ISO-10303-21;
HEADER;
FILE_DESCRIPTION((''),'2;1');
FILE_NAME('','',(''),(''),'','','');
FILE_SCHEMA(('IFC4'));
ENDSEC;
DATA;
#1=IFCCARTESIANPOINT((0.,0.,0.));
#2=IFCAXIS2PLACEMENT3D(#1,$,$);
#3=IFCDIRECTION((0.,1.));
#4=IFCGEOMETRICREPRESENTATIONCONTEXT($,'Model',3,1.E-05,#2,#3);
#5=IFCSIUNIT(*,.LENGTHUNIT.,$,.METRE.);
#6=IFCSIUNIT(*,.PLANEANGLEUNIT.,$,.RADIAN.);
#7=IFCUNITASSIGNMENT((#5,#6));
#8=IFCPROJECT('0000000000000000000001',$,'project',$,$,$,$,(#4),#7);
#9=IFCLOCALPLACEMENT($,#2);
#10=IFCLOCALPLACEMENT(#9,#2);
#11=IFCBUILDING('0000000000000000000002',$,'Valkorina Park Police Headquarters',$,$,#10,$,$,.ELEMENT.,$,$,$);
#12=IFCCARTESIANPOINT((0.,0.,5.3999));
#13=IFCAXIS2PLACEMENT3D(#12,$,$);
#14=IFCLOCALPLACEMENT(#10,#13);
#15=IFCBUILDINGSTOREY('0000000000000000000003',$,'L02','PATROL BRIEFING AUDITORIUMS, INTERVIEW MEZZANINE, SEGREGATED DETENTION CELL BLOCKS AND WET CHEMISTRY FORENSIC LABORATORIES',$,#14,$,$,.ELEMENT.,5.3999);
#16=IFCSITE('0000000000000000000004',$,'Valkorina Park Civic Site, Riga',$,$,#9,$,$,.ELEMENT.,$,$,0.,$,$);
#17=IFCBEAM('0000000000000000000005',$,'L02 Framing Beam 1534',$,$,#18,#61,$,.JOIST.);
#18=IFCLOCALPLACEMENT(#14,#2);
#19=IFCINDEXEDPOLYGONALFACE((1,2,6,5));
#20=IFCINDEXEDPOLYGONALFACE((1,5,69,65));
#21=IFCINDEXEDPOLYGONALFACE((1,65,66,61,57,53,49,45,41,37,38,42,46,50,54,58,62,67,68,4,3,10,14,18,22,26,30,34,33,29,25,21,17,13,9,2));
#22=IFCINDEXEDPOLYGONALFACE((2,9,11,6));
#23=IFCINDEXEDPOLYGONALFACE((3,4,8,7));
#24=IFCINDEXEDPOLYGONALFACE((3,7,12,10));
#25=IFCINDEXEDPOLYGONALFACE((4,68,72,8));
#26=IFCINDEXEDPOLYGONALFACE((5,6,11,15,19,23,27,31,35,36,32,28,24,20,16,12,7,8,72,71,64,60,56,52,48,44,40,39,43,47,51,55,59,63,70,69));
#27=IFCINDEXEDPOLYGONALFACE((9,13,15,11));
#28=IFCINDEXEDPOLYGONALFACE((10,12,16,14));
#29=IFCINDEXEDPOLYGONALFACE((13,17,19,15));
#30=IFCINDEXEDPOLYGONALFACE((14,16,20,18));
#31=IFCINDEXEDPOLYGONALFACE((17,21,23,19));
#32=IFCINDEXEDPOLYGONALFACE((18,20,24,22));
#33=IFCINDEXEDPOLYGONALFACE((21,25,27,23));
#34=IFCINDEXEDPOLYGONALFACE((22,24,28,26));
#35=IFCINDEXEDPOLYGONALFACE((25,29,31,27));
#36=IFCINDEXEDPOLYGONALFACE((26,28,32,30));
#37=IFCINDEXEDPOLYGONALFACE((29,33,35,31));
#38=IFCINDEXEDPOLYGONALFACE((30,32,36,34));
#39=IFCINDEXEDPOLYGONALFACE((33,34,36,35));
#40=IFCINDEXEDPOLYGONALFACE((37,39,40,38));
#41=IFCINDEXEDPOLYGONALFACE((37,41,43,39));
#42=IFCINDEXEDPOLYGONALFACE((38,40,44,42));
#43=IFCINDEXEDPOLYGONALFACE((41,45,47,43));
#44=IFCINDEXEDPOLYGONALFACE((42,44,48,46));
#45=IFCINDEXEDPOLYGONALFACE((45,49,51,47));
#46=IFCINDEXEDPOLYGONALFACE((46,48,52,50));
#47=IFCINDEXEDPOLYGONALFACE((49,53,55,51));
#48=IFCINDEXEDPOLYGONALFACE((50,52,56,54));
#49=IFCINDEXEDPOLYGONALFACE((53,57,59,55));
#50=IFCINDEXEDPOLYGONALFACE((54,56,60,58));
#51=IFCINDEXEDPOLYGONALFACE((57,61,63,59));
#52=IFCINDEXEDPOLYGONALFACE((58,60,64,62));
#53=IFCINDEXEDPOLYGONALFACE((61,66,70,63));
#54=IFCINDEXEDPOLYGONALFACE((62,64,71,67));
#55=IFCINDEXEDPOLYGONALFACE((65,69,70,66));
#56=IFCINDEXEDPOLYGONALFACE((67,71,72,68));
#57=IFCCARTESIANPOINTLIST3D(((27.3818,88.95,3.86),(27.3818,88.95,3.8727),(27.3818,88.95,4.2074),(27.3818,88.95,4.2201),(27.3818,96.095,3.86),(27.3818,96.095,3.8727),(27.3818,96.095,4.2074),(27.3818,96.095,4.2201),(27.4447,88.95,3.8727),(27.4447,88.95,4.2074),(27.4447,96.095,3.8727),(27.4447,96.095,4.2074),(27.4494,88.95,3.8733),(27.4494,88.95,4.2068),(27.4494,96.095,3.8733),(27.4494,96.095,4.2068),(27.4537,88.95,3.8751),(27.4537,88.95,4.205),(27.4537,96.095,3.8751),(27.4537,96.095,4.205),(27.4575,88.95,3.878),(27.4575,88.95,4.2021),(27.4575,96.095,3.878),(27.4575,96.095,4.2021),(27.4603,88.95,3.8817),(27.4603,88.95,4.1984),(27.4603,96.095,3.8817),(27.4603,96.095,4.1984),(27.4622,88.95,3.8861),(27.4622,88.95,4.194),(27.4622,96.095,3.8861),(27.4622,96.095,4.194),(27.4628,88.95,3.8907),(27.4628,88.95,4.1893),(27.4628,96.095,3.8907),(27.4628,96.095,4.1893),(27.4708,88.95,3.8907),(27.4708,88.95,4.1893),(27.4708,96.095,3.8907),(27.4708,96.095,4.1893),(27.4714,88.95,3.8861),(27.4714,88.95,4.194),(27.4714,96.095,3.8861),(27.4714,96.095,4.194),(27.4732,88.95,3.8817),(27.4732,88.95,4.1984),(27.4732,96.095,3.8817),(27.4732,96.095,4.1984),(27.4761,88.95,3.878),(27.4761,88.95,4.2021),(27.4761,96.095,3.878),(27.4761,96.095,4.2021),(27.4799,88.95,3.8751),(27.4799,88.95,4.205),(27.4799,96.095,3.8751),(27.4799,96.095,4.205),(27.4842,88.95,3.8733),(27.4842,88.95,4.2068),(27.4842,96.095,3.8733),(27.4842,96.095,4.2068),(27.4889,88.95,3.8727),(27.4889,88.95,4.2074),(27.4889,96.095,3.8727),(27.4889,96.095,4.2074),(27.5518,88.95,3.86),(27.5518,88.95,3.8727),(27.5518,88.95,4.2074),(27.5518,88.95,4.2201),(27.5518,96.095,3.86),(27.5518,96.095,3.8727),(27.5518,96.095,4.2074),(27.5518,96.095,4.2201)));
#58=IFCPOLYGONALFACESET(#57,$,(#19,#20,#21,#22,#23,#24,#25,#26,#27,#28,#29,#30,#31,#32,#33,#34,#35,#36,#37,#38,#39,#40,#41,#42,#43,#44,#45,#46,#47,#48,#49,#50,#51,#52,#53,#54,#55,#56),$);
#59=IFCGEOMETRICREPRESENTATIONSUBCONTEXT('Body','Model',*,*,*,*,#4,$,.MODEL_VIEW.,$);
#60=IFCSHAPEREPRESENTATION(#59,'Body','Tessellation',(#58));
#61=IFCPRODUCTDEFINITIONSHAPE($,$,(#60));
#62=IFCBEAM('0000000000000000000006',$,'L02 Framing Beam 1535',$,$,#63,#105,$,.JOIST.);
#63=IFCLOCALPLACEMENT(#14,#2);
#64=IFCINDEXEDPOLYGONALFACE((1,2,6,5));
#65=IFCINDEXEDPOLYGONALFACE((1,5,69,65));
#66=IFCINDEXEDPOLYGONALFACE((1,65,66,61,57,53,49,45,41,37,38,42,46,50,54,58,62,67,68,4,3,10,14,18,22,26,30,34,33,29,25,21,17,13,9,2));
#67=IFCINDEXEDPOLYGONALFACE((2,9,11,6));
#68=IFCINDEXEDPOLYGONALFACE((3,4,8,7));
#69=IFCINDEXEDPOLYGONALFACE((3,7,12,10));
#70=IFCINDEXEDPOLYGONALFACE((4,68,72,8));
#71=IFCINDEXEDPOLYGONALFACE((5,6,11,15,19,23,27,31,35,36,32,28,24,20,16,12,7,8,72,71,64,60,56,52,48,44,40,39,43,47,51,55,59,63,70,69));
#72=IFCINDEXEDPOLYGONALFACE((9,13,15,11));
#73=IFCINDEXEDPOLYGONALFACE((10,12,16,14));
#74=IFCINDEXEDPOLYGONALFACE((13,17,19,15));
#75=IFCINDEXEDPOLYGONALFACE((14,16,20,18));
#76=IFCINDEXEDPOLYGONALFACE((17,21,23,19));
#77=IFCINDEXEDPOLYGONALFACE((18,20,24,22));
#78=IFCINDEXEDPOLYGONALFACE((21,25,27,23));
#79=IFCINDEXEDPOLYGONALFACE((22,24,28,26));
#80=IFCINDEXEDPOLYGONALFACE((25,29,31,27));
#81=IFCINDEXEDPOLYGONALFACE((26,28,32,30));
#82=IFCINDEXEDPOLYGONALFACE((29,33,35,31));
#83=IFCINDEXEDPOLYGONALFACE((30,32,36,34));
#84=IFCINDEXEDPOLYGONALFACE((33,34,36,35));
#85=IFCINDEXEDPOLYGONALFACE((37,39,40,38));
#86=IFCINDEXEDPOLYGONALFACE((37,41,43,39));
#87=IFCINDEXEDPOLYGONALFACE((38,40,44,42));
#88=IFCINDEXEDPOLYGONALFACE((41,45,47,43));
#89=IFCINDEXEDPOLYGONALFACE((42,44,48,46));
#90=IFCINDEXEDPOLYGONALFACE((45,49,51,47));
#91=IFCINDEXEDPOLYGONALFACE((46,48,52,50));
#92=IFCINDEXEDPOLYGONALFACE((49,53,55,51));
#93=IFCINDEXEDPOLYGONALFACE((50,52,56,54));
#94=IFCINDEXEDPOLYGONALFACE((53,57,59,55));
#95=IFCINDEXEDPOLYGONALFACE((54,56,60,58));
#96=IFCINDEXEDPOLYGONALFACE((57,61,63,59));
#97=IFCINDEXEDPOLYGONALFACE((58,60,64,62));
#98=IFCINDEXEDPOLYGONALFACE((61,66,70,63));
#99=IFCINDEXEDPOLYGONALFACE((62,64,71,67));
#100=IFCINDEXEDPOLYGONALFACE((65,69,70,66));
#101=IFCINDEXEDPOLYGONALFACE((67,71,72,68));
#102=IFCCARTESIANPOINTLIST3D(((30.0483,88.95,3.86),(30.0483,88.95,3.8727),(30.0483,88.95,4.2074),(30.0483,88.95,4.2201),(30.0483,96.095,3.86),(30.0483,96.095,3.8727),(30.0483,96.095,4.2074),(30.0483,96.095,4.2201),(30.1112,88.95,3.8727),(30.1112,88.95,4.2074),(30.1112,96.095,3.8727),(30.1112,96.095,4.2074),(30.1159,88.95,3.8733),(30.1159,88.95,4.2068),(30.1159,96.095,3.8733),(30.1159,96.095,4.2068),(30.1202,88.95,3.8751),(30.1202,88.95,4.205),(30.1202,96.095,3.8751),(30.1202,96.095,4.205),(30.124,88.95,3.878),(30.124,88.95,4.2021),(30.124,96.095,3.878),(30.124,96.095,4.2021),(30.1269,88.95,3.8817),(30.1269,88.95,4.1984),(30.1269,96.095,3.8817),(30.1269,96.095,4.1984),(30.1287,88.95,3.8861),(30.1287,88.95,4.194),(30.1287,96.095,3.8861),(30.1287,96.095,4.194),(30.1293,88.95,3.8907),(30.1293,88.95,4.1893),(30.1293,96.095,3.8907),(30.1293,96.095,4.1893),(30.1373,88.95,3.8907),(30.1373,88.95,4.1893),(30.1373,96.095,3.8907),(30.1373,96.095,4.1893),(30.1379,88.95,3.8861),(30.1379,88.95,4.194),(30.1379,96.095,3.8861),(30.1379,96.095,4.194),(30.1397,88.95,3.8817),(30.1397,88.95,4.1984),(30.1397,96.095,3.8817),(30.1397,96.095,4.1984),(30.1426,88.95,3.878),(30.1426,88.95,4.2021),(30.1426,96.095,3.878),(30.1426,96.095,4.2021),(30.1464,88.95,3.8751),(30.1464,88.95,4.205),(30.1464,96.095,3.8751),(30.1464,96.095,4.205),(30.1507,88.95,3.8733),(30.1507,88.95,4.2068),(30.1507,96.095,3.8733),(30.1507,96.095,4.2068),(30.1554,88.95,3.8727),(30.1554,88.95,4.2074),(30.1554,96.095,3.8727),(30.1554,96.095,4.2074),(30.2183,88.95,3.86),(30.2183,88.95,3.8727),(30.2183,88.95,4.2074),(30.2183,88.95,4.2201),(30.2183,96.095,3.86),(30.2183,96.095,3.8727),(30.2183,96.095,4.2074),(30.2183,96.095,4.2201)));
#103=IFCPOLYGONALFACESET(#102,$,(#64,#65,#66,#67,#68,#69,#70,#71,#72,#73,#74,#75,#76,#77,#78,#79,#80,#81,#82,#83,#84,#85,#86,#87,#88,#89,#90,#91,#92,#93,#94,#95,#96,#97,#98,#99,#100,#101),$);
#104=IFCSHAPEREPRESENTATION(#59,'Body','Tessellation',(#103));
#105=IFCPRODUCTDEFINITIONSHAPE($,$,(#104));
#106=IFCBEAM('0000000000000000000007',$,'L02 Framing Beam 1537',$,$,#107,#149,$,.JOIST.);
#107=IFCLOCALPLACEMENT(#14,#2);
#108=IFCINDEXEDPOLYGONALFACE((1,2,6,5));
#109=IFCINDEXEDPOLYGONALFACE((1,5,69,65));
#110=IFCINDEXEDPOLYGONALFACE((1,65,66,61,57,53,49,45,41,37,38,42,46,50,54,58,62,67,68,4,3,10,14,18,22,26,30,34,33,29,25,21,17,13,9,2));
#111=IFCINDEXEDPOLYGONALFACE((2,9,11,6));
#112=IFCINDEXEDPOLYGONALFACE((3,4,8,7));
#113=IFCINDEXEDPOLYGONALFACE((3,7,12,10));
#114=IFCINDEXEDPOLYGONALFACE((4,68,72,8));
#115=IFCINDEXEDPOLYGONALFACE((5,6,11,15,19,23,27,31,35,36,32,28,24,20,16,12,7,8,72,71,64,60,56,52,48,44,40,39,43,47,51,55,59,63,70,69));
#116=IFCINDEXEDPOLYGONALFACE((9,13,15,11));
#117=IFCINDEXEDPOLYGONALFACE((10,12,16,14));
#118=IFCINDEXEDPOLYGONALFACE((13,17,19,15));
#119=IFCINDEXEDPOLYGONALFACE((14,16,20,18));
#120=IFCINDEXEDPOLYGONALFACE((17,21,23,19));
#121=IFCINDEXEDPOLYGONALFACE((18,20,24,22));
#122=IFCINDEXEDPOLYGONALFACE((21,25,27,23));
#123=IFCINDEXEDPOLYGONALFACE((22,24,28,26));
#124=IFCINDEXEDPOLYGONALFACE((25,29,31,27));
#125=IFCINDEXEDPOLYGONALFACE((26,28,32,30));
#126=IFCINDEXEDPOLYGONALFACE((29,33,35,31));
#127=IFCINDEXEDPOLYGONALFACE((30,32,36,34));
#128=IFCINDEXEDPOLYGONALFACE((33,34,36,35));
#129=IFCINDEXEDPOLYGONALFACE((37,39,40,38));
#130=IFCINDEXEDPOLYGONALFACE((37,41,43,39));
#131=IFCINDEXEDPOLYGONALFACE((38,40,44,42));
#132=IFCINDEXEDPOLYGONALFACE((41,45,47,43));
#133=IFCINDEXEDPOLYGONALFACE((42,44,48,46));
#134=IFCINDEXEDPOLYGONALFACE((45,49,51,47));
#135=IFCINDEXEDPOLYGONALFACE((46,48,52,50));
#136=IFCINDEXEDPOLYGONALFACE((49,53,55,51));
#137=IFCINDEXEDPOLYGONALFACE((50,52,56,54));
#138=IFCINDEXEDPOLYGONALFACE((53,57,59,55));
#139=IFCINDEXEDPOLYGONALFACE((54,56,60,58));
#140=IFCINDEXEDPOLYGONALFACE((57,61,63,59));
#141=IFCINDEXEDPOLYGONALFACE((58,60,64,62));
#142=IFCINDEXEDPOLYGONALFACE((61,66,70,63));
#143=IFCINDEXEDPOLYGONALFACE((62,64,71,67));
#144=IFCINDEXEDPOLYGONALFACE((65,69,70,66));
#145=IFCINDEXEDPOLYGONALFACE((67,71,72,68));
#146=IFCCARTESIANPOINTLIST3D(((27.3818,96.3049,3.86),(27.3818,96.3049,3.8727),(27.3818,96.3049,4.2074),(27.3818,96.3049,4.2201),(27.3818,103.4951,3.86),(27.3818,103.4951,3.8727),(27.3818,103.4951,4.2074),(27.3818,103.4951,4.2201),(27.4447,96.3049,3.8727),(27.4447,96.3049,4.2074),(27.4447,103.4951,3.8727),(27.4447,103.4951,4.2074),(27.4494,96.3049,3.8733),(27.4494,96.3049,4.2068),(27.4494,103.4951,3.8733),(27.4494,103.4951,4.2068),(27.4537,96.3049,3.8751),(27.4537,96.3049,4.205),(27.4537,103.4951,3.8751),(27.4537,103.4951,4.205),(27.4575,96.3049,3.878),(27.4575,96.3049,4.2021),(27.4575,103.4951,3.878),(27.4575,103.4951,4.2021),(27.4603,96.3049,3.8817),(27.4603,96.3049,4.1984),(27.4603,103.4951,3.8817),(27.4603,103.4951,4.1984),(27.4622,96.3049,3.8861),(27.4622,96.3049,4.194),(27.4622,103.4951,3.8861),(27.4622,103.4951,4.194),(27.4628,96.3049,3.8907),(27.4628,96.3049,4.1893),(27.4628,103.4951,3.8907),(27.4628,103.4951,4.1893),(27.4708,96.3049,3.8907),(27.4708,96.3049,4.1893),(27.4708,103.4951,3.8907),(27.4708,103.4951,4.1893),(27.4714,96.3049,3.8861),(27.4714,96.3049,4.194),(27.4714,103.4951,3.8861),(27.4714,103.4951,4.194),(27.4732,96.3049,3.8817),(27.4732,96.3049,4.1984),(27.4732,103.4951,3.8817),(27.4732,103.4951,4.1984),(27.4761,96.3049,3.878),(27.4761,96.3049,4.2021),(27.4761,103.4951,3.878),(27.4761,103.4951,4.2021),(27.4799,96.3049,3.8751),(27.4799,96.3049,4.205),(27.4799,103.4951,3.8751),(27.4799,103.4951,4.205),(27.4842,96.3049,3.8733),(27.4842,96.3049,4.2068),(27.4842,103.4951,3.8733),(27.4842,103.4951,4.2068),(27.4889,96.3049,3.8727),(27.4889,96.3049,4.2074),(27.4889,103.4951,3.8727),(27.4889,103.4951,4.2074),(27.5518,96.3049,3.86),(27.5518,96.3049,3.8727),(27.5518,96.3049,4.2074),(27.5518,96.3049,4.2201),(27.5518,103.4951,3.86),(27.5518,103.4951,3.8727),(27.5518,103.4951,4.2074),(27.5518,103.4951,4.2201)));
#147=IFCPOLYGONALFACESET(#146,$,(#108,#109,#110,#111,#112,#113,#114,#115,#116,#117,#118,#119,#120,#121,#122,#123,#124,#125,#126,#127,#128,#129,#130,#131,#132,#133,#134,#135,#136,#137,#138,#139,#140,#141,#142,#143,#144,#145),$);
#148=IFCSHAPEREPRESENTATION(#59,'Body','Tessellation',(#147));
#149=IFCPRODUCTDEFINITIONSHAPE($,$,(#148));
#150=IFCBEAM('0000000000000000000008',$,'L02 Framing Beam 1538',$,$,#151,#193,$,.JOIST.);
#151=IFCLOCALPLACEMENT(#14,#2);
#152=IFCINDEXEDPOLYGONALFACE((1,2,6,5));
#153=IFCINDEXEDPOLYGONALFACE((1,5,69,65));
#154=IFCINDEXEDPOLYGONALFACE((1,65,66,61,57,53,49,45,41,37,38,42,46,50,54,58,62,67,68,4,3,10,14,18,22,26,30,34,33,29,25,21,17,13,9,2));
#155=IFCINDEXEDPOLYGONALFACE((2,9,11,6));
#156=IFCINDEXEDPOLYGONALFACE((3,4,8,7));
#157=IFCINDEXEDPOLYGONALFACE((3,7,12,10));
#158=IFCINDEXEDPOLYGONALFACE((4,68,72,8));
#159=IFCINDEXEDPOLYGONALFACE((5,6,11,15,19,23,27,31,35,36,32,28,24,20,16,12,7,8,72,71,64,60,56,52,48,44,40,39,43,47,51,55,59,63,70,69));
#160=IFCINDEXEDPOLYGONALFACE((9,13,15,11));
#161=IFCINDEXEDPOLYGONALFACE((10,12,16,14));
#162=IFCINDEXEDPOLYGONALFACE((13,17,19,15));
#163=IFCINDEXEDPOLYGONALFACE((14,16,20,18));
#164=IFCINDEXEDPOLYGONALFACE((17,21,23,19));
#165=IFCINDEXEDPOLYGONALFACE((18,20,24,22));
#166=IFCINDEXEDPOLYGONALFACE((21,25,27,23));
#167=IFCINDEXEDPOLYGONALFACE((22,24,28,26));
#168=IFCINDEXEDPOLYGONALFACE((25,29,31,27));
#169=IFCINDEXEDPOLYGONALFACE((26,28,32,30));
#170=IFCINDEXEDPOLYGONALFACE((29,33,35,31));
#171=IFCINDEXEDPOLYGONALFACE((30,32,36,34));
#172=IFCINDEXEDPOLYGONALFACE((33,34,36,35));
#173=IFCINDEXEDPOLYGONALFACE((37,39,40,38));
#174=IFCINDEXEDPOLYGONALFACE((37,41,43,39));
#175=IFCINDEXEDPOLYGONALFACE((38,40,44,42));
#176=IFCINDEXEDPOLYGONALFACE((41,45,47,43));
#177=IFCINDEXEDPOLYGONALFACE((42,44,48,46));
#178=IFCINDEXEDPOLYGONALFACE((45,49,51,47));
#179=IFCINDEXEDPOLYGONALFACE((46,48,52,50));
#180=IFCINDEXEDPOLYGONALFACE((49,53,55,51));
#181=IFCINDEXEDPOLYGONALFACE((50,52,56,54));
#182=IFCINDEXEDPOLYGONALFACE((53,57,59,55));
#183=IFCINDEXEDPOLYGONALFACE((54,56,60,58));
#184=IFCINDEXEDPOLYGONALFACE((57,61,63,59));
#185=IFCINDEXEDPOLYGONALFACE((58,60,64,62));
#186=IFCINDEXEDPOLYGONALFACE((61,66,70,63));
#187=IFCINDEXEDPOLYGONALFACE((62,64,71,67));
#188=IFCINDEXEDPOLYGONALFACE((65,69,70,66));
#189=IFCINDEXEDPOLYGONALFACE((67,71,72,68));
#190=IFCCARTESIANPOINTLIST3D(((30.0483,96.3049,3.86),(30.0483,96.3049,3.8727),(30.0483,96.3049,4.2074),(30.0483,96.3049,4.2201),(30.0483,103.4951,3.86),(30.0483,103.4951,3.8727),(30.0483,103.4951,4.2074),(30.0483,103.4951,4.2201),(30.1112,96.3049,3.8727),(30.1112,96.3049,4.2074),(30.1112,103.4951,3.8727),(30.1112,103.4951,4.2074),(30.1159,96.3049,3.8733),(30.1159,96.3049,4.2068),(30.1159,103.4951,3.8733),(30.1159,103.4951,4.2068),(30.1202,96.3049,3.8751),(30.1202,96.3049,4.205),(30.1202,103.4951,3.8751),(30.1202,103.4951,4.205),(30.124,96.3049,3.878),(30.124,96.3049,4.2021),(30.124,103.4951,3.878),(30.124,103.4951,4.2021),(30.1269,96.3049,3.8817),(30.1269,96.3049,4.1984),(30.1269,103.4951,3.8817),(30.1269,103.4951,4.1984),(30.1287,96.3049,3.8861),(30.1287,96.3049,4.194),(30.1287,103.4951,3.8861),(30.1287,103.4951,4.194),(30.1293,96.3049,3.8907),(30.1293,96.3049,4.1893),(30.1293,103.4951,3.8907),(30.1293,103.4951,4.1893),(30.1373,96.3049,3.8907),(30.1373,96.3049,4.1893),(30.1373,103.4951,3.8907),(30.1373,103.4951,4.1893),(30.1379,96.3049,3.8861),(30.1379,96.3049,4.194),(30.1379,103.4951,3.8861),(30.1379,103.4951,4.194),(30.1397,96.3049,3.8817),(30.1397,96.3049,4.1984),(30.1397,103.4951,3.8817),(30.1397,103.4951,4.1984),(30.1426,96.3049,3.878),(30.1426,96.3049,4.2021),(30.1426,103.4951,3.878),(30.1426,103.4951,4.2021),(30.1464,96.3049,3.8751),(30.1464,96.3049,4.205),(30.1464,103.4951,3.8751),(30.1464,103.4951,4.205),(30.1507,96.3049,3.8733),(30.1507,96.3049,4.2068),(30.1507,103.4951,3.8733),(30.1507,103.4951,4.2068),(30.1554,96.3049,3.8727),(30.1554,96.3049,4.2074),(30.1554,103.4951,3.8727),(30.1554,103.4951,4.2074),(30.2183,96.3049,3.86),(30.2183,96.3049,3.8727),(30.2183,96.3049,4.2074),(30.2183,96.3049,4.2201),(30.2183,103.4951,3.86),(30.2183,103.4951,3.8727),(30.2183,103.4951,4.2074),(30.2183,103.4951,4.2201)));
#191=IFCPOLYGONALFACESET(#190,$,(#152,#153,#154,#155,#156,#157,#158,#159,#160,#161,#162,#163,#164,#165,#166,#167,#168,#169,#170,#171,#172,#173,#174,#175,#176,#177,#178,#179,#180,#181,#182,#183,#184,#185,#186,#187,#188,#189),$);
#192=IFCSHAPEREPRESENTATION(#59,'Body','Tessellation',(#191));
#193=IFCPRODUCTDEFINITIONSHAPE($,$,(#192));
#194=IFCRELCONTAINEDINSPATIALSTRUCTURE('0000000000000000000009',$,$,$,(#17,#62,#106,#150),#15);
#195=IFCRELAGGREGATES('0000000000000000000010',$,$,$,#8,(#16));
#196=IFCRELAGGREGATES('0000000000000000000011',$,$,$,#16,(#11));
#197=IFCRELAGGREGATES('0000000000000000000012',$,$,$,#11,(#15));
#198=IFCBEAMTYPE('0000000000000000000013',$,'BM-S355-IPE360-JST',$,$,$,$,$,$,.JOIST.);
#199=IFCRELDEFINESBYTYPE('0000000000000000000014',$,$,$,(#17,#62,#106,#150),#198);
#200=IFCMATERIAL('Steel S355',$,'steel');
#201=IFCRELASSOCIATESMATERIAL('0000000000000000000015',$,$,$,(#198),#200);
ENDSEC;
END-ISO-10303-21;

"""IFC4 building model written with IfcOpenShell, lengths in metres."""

from ifc_helpers import new_model, si_unit, direction, frame, origin, origin_2d, place, context, subcontext, project, spatial, i_section, extrude, material, material_profile, profile_set, type_object, element, save


model = new_model("IFC4")

# Units and contexts
model_context = context("Model", 3, precision=1e-05, world=origin(), true_north=direction((0.0, 1.0)))
body_context = subcontext(model_context, "Body", "Model", "MODEL_VIEW")
ifc_project = project(units=[si_unit("LENGTHUNIT", "METRE"), si_unit("PLANEANGLEUNIT", "RADIAN")], contexts=[model_context])

# Site, building, storey
site_placement = place(None, origin())
site = spatial("IfcSite", under=ifc_project, at=site_placement, Name="Valkorina Park Civic Site, Riga", CompositionType="ELEMENT", RefElevation=0.0)
building_placement = place(site_placement, origin())
building = spatial("IfcBuilding", under=site, at=building_placement, Name="Valkorina Park Police Headquarters", CompositionType="ELEMENT")
storey_placement = place(building_placement, frame((0.0, 0.0, 5.3999)))
storey = spatial("IfcBuildingStorey", under=building, at=storey_placement, Name="L02", Description="PATROL BRIEFING AUDITORIUMS, INTERVIEW MEZZANINE, SEGREGATED DETENTION CELL BLOCKS AND WET CHEMISTRY FORENSIC LABORATORIES", CompositionType="ELEMENT", Elevation=5.3999)

# Shared definitions
ifc_material_1 = material(Name="Steel S355", Category="steel")

# Beams
ifc_material_profile_1 = material_profile(ifc_material_1, i_section(OverallWidth=0.1699, OverallDepth=0.3601, WebThickness=0.0081, FlangeThickness=0.0127, FilletRadius=0.0181, at=origin_2d()), Name="IPE 360")
ifc_profile_set_1 = profile_set([ifc_material_profile_1], Name="Steel S355")
beam_type_1 = type_object("IfcBeamType", Name="BM-S355-IPE360-JST", PredefinedType="JOIST", material=ifc_profile_set_1)
for number, where, z_axis, x_axis, name in (
    (1, (27.4668, 88.95, 4.04), (0.0, 1.0, 0.0), (-1.0, 0.0, 0.0), "L02 Framing Beam 1534"),
    (2, (30.1333, 88.95, 4.04), (0.0, 1.0, 0.0), (-1.0, 0.0, 0.0), "L02 Framing Beam 1535"),
):
    element("IfcBeam", number, at=place(storey_placement, frame(where, z_axis=z_axis, x_axis=x_axis)), inside=storey, type_object=beam_type_1, Name=name, PredefinedType="JOIST", context=body_context, shape_type="SweptSolid", body=[
        extrude(i_section(OverallWidth=0.1699, OverallDepth=0.3601, WebThickness=0.0081, FlangeThickness=0.0127, FilletRadius=0.0181, at=origin_2d()), origin(), (0.0, 0.0, 1.0), 7.145),
    ])
for number, where, z_axis, x_axis, name in (
    (3, (27.4668, 96.3049, 4.04), (0.0, 1.0, 0.0), (-1.0, 0.0, 0.0), "L02 Framing Beam 1537"),
    (4, (30.1333, 96.3049, 4.04), (0.0, 1.0, 0.0), (-1.0, 0.0, 0.0), "L02 Framing Beam 1538"),
):
    element("IfcBeam", number, at=place(storey_placement, frame(where, z_axis=z_axis, x_axis=x_axis)), inside=storey, type_object=beam_type_1, Name=name, PredefinedType="JOIST", context=body_context, shape_type="SweptSolid", body=[
        extrude(i_section(OverallWidth=0.1699, OverallDepth=0.3601, WebThickness=0.0081, FlangeThickness=0.0127, FilletRadius=0.0181, at=origin_2d()), origin(), (0.0, 0.0, 1.0), 7.1902),
    ])

save(model, "model.ifc")
